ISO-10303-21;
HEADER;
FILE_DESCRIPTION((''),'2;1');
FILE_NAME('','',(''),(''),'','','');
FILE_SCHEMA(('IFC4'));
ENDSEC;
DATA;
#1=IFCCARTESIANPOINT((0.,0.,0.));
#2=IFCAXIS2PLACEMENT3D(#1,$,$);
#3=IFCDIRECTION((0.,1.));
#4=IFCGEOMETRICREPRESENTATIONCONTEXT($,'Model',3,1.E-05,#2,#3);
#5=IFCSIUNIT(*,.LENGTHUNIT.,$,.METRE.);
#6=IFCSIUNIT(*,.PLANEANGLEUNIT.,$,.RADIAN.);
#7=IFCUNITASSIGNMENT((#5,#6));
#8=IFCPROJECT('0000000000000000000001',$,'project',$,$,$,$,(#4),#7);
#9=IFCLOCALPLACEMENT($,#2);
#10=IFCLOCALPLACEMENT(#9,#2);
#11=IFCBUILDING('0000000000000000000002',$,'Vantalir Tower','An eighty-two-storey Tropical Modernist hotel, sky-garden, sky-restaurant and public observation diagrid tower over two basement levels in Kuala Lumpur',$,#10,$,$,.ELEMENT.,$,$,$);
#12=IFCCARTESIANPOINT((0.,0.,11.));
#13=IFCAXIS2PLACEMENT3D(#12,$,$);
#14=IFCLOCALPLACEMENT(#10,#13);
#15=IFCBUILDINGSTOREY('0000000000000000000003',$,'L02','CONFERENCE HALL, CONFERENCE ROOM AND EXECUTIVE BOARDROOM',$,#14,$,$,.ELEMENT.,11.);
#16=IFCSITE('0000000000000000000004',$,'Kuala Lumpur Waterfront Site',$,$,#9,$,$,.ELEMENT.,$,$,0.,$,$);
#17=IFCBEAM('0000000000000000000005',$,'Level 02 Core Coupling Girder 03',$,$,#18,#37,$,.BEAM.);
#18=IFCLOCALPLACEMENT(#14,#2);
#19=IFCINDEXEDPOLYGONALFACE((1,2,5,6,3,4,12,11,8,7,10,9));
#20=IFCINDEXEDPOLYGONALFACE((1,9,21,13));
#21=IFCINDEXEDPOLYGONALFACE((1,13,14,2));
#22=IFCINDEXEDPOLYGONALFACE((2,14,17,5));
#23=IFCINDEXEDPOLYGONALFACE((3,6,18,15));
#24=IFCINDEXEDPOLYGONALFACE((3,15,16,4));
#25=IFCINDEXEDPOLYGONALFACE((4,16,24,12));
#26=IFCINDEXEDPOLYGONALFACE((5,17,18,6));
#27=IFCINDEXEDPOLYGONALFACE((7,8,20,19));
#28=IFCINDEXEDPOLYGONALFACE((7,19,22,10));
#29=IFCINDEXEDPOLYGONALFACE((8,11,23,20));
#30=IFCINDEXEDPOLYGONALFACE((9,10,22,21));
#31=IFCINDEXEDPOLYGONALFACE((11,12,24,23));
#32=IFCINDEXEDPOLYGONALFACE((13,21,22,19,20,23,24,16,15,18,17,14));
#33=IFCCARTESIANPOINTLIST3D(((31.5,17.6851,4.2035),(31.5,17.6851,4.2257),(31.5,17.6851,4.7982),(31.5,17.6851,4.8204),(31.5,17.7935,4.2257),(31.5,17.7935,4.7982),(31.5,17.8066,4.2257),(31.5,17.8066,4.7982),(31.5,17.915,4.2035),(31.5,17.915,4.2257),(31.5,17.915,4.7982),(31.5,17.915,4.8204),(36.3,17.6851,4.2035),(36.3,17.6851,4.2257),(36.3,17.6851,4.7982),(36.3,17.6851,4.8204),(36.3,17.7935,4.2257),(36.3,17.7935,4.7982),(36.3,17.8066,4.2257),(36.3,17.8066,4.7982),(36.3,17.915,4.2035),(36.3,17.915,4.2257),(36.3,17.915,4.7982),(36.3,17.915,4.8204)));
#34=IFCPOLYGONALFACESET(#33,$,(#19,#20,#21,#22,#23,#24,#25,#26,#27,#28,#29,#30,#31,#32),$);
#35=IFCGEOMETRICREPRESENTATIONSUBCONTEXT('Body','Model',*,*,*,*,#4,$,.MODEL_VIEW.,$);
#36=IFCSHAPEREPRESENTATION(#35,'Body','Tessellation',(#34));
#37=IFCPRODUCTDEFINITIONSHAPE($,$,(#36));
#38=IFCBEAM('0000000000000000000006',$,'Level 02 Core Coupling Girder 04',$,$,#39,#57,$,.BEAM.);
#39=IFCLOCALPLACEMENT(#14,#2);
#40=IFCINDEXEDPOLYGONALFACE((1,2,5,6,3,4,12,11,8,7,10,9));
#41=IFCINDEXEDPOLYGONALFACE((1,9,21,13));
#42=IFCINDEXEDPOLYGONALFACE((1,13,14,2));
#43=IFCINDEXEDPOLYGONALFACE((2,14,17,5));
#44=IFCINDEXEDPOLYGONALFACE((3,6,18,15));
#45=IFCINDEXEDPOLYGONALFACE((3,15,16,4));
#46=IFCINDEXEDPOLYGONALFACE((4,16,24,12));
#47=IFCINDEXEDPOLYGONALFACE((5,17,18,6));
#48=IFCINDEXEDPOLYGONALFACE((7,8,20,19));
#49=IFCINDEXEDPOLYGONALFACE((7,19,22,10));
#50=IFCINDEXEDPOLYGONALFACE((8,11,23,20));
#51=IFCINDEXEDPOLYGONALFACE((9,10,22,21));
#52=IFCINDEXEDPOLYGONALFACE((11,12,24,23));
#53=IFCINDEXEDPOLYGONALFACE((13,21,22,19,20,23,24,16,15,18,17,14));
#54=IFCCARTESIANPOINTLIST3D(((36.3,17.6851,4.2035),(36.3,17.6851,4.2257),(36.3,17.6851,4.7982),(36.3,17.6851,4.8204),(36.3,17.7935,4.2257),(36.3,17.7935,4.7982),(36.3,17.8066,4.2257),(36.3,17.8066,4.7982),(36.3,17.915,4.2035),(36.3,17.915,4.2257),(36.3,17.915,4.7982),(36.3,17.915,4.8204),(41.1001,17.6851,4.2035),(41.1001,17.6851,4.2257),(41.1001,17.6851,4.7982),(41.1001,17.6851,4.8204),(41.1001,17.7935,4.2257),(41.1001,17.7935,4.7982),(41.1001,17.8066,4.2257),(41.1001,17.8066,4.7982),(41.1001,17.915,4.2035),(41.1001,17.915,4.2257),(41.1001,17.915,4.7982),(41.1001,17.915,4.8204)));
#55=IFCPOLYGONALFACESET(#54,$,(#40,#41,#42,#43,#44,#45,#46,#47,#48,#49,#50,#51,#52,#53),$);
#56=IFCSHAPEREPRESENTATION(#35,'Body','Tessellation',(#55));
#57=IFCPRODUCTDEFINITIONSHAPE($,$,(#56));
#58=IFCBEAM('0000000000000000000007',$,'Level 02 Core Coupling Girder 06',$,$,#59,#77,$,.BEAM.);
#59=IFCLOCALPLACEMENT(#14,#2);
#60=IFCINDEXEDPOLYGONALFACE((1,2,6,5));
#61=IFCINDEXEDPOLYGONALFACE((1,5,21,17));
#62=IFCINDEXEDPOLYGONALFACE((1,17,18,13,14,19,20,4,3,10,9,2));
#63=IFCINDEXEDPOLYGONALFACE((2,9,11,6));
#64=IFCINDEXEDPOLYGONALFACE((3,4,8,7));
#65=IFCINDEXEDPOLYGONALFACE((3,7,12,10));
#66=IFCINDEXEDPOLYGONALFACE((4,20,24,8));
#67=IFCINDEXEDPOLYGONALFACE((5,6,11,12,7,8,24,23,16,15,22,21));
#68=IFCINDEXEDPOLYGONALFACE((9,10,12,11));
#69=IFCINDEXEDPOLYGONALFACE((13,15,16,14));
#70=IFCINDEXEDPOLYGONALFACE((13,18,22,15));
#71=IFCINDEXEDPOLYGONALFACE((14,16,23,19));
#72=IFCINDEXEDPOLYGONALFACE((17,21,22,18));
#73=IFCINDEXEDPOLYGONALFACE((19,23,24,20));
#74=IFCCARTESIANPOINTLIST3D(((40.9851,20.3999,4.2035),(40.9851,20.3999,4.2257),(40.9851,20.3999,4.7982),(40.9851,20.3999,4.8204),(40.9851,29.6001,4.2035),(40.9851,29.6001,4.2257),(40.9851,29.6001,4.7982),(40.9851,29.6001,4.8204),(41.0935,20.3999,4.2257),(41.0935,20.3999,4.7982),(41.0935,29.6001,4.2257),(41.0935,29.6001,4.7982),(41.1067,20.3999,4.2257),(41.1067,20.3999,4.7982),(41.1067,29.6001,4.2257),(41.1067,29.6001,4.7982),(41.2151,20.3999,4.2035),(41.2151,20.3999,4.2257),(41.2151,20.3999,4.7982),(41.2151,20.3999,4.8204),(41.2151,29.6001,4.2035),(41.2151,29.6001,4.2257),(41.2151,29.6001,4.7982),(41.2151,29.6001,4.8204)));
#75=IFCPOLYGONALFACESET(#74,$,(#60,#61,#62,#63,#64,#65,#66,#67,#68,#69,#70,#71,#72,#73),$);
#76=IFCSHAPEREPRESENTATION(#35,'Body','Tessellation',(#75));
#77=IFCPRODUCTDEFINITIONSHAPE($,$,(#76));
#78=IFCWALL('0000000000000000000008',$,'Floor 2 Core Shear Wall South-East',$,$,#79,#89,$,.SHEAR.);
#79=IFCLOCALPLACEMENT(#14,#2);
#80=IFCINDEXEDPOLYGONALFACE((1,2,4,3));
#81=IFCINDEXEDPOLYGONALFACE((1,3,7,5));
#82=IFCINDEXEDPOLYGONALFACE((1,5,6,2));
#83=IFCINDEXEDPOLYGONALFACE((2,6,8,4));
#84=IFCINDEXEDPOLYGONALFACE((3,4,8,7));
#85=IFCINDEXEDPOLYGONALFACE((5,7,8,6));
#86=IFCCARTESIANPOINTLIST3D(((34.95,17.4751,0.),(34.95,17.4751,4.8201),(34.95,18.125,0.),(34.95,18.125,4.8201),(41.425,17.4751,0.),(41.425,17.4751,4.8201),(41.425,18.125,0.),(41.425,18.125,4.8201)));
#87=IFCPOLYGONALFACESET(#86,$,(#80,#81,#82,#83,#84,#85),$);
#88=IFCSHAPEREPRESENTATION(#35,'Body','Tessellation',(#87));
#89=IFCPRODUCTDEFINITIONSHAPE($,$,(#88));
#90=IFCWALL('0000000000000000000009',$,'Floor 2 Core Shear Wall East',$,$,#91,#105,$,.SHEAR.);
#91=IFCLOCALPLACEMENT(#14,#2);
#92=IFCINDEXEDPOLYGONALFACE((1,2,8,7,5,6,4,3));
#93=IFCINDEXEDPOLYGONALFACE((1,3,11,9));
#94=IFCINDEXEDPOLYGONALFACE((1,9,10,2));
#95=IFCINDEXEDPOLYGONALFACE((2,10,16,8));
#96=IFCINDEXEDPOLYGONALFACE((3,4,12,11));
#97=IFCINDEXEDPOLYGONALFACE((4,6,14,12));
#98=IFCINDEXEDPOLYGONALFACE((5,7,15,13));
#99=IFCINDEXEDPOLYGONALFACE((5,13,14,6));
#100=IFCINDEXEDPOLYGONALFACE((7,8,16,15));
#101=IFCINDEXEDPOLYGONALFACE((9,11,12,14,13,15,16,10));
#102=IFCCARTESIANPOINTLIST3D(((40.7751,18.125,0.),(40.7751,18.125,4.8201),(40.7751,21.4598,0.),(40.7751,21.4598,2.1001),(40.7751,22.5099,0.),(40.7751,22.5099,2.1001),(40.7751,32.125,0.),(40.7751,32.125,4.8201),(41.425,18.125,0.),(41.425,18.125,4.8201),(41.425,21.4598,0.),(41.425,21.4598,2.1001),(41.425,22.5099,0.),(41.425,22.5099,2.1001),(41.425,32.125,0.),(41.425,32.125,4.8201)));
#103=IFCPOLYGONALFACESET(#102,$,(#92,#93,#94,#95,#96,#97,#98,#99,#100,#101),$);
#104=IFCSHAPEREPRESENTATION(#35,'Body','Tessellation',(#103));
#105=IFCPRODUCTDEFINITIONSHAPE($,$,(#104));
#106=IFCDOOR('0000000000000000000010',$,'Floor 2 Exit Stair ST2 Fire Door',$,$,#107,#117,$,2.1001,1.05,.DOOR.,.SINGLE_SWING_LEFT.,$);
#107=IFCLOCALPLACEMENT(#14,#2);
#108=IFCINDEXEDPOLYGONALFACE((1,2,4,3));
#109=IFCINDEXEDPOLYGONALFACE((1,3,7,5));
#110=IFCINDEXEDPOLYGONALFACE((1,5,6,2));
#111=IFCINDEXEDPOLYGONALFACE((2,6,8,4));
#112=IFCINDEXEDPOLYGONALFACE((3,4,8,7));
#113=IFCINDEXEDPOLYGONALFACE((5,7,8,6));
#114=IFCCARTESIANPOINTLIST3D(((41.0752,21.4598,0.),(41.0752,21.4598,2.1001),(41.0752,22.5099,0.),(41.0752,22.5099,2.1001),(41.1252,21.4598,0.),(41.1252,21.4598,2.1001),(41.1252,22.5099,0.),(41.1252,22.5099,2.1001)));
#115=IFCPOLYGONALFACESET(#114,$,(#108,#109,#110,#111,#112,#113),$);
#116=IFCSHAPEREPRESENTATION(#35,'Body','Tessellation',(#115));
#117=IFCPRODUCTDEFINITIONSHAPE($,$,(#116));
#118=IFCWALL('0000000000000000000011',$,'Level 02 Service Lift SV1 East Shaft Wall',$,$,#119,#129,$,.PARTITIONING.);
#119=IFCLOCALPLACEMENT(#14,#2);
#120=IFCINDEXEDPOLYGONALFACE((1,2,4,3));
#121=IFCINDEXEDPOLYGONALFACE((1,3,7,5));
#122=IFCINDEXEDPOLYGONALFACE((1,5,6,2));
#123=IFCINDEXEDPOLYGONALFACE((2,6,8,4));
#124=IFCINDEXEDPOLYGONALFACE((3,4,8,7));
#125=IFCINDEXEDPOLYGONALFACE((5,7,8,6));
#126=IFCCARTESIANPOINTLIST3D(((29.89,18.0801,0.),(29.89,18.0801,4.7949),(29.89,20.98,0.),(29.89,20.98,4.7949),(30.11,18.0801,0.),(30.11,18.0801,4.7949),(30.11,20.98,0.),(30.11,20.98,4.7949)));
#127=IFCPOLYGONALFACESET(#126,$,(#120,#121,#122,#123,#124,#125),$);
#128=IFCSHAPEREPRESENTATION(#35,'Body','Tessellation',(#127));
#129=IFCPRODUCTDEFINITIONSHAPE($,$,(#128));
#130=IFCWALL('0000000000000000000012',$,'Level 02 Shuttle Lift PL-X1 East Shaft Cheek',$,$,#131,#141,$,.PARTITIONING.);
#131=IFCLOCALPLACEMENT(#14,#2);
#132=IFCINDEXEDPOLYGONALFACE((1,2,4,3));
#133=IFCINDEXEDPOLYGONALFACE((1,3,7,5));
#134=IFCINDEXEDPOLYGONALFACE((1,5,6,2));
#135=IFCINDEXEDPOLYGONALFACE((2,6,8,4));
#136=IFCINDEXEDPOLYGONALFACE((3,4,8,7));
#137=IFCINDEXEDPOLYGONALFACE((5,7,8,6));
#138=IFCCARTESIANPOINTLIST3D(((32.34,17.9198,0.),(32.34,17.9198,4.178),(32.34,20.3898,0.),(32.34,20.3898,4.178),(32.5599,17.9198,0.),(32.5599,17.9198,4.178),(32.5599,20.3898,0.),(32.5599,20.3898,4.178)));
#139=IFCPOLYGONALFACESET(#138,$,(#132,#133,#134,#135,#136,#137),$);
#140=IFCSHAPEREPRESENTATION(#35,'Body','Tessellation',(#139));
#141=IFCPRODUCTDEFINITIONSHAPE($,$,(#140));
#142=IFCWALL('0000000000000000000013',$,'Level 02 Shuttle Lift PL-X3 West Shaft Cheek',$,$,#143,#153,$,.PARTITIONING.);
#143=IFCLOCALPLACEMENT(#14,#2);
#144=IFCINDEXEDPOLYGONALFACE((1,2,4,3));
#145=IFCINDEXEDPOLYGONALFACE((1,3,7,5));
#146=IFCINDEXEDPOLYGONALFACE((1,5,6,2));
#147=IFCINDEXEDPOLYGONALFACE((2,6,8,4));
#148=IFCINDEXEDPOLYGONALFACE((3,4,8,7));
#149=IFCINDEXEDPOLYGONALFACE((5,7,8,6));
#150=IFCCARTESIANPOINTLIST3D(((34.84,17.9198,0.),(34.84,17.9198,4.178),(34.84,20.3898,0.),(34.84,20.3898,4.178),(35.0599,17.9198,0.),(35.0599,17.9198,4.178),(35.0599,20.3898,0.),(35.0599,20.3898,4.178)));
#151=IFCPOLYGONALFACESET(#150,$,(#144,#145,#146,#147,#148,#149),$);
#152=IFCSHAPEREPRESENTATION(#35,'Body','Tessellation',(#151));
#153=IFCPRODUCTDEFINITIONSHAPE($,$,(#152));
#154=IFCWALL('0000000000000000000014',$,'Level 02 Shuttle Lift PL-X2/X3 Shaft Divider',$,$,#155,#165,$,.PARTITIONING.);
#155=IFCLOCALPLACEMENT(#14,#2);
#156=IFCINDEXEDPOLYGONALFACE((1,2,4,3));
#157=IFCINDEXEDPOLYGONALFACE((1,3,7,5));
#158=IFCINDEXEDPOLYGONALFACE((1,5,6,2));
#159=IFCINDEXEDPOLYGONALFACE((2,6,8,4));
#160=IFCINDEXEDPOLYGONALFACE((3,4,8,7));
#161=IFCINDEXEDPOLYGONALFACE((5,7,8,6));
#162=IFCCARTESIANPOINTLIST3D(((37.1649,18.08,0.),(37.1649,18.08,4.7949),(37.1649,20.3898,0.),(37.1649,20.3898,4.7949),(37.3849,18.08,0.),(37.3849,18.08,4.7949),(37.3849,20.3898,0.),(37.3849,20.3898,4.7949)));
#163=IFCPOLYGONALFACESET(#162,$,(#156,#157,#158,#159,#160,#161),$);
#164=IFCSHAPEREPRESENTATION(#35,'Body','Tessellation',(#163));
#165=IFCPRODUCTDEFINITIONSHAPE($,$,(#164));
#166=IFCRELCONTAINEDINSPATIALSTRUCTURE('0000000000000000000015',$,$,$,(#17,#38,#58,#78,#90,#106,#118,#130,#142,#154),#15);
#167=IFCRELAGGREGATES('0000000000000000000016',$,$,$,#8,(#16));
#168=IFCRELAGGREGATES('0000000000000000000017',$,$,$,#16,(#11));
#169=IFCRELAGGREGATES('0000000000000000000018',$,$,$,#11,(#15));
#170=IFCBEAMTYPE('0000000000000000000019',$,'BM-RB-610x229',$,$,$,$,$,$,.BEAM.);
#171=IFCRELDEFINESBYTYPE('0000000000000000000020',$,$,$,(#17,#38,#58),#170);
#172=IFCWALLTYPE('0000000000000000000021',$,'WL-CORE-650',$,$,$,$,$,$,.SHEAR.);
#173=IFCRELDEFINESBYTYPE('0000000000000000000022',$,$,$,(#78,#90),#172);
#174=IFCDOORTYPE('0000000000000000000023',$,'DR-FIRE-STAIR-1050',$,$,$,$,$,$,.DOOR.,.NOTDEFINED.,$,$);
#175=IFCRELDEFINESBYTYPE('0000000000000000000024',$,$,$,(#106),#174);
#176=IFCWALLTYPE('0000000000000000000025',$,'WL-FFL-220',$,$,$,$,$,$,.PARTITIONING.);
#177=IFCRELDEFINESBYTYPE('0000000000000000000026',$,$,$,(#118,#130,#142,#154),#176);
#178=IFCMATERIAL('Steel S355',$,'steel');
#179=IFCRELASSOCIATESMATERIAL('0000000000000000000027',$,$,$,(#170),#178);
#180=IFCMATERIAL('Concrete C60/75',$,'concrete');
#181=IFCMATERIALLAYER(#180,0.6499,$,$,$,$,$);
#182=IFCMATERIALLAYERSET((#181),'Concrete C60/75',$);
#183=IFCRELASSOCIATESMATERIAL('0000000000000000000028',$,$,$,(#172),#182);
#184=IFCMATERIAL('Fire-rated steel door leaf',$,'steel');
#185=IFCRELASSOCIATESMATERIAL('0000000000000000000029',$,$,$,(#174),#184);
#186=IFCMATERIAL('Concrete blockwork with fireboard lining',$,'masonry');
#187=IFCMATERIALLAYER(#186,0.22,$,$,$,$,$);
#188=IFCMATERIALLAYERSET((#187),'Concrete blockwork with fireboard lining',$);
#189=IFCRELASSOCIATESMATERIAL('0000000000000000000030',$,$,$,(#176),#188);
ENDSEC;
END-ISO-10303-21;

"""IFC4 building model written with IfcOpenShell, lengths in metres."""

from ifc_helpers import new_model, si_unit, direction, frame, frame_2d, origin, origin_2d, place, context, subcontext, project, spatial, rectangle, i_section, extrude, material, layer, layer_set, material_profile, profile_set, type_object, element, fill, save


model = new_model("IFC4")

# Units and contexts
model_context = context("Model", 3, precision=1e-05, world=origin(), true_north=direction((0.0, 1.0)))
body_context = subcontext(model_context, "Body", "Model", "MODEL_VIEW")
ifc_project = project(units=[si_unit("LENGTHUNIT", "METRE"), si_unit("PLANEANGLEUNIT", "RADIAN")], contexts=[model_context])

# Site, building, storey
site_placement = place(None, origin())
site = spatial("IfcSite", under=ifc_project, at=site_placement, Name="Kuala Lumpur Waterfront Site", CompositionType="ELEMENT", RefElevation=0.0)
building_placement = place(site_placement, origin())
building = spatial("IfcBuilding", under=site, at=building_placement, Name="Vantalir Tower", Description="An eighty-two-storey Tropical Modernist hotel, sky-garden, sky-restaurant and public observation diagrid tower over two basement levels in Kuala Lumpur", CompositionType="ELEMENT")
storey_placement = place(building_placement, frame((0.0, 0.0, 11.0)))
storey = spatial("IfcBuildingStorey", under=building, at=storey_placement, Name="L02", Description="CONFERENCE HALL, CONFERENCE ROOM AND EXECUTIVE BOARDROOM", CompositionType="ELEMENT", Elevation=11.0)

# Shared definitions
ifc_material_1 = material(Name="Concrete C60/75", Category="concrete")

# Beams
ifc_material_2 = material(Name="Steel S355", Category="steel")
ifc_material_profile_1 = material_profile(ifc_material_2, i_section(OverallWidth=0.23, OverallDepth=0.6169, WebThickness=0.0132, FlangeThickness=0.0222, at=origin_2d()), Name="Steel S355")
ifc_profile_set_1 = profile_set([ifc_material_profile_1], Name="Steel S355")
beam_type_1 = type_object("IfcBeamType", Name="BM-RB-610x229", PredefinedType="BEAM", material=ifc_profile_set_1)
for number, where, z_axis, x_axis, name in (
    (1, (31.5, 17.8, 4.512), (1.0, 0.0, 0.0), (0.0, 1.0, 0.0), "Level 02 Core Coupling Girder 03"),
    (2, (36.3, 17.8, 4.512), (1.0, 0.0, 0.0), (0.0, 1.0, 0.0), "Level 02 Core Coupling Girder 04"),
):
    element("IfcBeam", number, at=place(storey_placement, frame(where, z_axis=z_axis, x_axis=x_axis)), inside=storey, type_object=beam_type_1, Name=name, PredefinedType="BEAM", context=body_context, shape_type="SweptSolid", body=[
        extrude(i_section(OverallWidth=0.23, OverallDepth=0.6169, WebThickness=0.0132, FlangeThickness=0.0222, at=origin_2d()), origin(), (0.0, 0.0, 1.0), 4.8),
    ])
beam_1_placement = place(storey_placement, frame((41.1001, 20.3999, 4.512), z_axis=(0.0, 1.0, 0.0), x_axis=(-1.0, 0.0, 0.0)))
element("IfcBeam", 3, at=beam_1_placement, inside=storey, type_object=beam_type_1, Name="Level 02 Core Coupling Girder 06", PredefinedType="BEAM", context=body_context, shape_type="SweptSolid", body=[
    extrude(i_section(OverallWidth=0.23, OverallDepth=0.6169, WebThickness=0.0132, FlangeThickness=0.0222, at=origin_2d()), origin(), (0.0, 0.0, 1.0), 9.2002),
])

# Wall
ifc_layer_1 = layer(ifc_material_1, 0.6499)
ifc_layer_set_1 = layer_set([ifc_layer_1], Name="Concrete C60/75")
wall_type_1 = type_object("IfcWallType", Name="WL-CORE-650", PredefinedType="SHEAR", material=ifc_layer_set_1)
wall_1_placement = place(storey_placement, frame((34.95, 17.8, 0.0), z_axis=(0.0, 0.0, 1.0), x_axis=(1.0, 0.0, 0.0)))
element("IfcWall", 4, at=wall_1_placement, inside=storey, type_object=wall_type_1, Name="Floor 2 Core Shear Wall South-East", PredefinedType="SHEAR", context=body_context, shape_type="SweptSolid", body=[
    extrude(rectangle(XDim=6.4751, YDim=0.6499, at=frame_2d((3.2375, 0.0))), origin(), (0.0, 0.0, 1.0), 4.8201),
])

# Wall, opening, door
wall_2_placement = place(storey_placement, frame((41.1001, 18.125, 0.0), z_axis=(0.0, 0.0, 1.0), x_axis=(0.0, 1.0, 0.0)))
wall_2 = element("IfcWall", 5, at=wall_2_placement, inside=storey, type_object=wall_type_1, Name="Floor 2 Core Shear Wall East", PredefinedType="SHEAR", context=body_context, shape_type="SweptSolid", body=[
    extrude(rectangle(XDim=14.0, YDim=0.6499, at=frame_2d((7.0, 0.0))), origin(), (0.0, 0.0, 1.0), 4.8201),
])
opening_1_placement = place(wall_2_placement, frame((3.335, 0.0, 0.0)))
opening_1 = element("IfcOpeningElement", 6, at=opening_1_placement, cuts=wall_2, PredefinedType="OPENING", context=body_context, shape_type="SweptSolid", body=[
    extrude(rectangle(XDim=1.05, YDim=2.1001, at=frame_2d((0.5249, 1.05))), frame((0.0, 0.335, 0.0), z_axis=(0.0, -1.0, 0.0), x_axis=(1.0, 0.0, 0.0)), (0.0, 0.0, 1.0), 0.6699),
])
ifc_material_3 = material(Name="Fire-rated steel door leaf", Category="steel")
door_type_1 = type_object("IfcDoorType", Name="DR-FIRE-STAIR-1050", OperationType="NOTDEFINED", PredefinedType="DOOR", material=ifc_material_3)
door_1_placement = place(opening_1_placement, origin())
door_1 = element("IfcDoor", 7, at=door_1_placement, inside=storey, type_object=door_type_1, Name="Floor 2 Exit Stair ST2 Fire Door", OperationType="SINGLE_SWING_LEFT", OverallHeight=2.1001, OverallWidth=1.05, PredefinedType="DOOR", context=body_context, shape_type="SweptSolid", body=[
    extrude(rectangle(XDim=1.05, YDim=2.1001, at=frame_2d((0.5249, 1.05))), frame((0.0, 0.0249, 0.0), z_axis=(0.0, -1.0, 0.0), x_axis=(1.0, 0.0, 0.0)), (0.0, 0.0, 1.0), 0.05),
])
fill(opening_1, door_1)

# Walls
ifc_material_4 = material(Name="Concrete blockwork with fireboard lining", Category="masonry")
ifc_layer_2 = layer(ifc_material_4, 0.22)
ifc_layer_set_2 = layer_set([ifc_layer_2], Name="Concrete blockwork with fireboard lining")
wall_type_2 = type_object("IfcWallType", Name="WL-FFL-220", PredefinedType="PARTITIONING", material=ifc_layer_set_2)
wall_3_placement = place(storey_placement, frame((30.0, 18.0801, 0.0), z_axis=(0.0, 0.0, 1.0), x_axis=(0.0, 1.0, 0.0)))
element("IfcWall", 8, at=wall_3_placement, inside=storey, type_object=wall_type_2, Name="Level 02 Service Lift SV1 East Shaft Wall", PredefinedType="PARTITIONING", context=body_context, shape_type="SweptSolid", body=[
    extrude(rectangle(XDim=2.8999, YDim=0.22, at=frame_2d((1.45, 0.0))), origin(), (0.0, 0.0, 1.0), 4.7949),
])
for number, where, z_axis, x_axis, name in (
    (9, (32.45, 17.9199, 0.0), (0.0, 0.0, 1.0), (0.0, 1.0, 0.0), "Level 02 Shuttle Lift PL-X1 East Shaft Cheek"),
    (10, (34.95, 17.9199, 0.0), (0.0, 0.0, 1.0), (0.0, 1.0, 0.0), "Level 02 Shuttle Lift PL-X3 West Shaft Cheek"),
):
    element("IfcWall", number, at=place(storey_placement, frame(where, z_axis=z_axis, x_axis=x_axis)), inside=storey, type_object=wall_type_2, Name=name, PredefinedType="PARTITIONING", context=body_context, shape_type="SweptSolid", body=[
        extrude(rectangle(XDim=2.47, YDim=0.22, at=frame_2d((1.2349, 0.0))), origin(), (0.0, 0.0, 1.0), 4.178),
    ])
wall_4_placement = place(storey_placement, frame((37.2749, 18.0801, 0.0), z_axis=(0.0, 0.0, 1.0), x_axis=(0.0, 1.0, 0.0)))
element("IfcWall", 11, at=wall_4_placement, inside=storey, type_object=wall_type_2, Name="Level 02 Shuttle Lift PL-X2/X3 Shaft Divider", PredefinedType="PARTITIONING", context=body_context, shape_type="SweptSolid", body=[
    extrude(rectangle(XDim=2.3098, YDim=0.22, at=frame_2d((1.1548, 0.0))), origin(), (0.0, 0.0, 1.0), 4.7949),
])

save(model, "model.ifc")
